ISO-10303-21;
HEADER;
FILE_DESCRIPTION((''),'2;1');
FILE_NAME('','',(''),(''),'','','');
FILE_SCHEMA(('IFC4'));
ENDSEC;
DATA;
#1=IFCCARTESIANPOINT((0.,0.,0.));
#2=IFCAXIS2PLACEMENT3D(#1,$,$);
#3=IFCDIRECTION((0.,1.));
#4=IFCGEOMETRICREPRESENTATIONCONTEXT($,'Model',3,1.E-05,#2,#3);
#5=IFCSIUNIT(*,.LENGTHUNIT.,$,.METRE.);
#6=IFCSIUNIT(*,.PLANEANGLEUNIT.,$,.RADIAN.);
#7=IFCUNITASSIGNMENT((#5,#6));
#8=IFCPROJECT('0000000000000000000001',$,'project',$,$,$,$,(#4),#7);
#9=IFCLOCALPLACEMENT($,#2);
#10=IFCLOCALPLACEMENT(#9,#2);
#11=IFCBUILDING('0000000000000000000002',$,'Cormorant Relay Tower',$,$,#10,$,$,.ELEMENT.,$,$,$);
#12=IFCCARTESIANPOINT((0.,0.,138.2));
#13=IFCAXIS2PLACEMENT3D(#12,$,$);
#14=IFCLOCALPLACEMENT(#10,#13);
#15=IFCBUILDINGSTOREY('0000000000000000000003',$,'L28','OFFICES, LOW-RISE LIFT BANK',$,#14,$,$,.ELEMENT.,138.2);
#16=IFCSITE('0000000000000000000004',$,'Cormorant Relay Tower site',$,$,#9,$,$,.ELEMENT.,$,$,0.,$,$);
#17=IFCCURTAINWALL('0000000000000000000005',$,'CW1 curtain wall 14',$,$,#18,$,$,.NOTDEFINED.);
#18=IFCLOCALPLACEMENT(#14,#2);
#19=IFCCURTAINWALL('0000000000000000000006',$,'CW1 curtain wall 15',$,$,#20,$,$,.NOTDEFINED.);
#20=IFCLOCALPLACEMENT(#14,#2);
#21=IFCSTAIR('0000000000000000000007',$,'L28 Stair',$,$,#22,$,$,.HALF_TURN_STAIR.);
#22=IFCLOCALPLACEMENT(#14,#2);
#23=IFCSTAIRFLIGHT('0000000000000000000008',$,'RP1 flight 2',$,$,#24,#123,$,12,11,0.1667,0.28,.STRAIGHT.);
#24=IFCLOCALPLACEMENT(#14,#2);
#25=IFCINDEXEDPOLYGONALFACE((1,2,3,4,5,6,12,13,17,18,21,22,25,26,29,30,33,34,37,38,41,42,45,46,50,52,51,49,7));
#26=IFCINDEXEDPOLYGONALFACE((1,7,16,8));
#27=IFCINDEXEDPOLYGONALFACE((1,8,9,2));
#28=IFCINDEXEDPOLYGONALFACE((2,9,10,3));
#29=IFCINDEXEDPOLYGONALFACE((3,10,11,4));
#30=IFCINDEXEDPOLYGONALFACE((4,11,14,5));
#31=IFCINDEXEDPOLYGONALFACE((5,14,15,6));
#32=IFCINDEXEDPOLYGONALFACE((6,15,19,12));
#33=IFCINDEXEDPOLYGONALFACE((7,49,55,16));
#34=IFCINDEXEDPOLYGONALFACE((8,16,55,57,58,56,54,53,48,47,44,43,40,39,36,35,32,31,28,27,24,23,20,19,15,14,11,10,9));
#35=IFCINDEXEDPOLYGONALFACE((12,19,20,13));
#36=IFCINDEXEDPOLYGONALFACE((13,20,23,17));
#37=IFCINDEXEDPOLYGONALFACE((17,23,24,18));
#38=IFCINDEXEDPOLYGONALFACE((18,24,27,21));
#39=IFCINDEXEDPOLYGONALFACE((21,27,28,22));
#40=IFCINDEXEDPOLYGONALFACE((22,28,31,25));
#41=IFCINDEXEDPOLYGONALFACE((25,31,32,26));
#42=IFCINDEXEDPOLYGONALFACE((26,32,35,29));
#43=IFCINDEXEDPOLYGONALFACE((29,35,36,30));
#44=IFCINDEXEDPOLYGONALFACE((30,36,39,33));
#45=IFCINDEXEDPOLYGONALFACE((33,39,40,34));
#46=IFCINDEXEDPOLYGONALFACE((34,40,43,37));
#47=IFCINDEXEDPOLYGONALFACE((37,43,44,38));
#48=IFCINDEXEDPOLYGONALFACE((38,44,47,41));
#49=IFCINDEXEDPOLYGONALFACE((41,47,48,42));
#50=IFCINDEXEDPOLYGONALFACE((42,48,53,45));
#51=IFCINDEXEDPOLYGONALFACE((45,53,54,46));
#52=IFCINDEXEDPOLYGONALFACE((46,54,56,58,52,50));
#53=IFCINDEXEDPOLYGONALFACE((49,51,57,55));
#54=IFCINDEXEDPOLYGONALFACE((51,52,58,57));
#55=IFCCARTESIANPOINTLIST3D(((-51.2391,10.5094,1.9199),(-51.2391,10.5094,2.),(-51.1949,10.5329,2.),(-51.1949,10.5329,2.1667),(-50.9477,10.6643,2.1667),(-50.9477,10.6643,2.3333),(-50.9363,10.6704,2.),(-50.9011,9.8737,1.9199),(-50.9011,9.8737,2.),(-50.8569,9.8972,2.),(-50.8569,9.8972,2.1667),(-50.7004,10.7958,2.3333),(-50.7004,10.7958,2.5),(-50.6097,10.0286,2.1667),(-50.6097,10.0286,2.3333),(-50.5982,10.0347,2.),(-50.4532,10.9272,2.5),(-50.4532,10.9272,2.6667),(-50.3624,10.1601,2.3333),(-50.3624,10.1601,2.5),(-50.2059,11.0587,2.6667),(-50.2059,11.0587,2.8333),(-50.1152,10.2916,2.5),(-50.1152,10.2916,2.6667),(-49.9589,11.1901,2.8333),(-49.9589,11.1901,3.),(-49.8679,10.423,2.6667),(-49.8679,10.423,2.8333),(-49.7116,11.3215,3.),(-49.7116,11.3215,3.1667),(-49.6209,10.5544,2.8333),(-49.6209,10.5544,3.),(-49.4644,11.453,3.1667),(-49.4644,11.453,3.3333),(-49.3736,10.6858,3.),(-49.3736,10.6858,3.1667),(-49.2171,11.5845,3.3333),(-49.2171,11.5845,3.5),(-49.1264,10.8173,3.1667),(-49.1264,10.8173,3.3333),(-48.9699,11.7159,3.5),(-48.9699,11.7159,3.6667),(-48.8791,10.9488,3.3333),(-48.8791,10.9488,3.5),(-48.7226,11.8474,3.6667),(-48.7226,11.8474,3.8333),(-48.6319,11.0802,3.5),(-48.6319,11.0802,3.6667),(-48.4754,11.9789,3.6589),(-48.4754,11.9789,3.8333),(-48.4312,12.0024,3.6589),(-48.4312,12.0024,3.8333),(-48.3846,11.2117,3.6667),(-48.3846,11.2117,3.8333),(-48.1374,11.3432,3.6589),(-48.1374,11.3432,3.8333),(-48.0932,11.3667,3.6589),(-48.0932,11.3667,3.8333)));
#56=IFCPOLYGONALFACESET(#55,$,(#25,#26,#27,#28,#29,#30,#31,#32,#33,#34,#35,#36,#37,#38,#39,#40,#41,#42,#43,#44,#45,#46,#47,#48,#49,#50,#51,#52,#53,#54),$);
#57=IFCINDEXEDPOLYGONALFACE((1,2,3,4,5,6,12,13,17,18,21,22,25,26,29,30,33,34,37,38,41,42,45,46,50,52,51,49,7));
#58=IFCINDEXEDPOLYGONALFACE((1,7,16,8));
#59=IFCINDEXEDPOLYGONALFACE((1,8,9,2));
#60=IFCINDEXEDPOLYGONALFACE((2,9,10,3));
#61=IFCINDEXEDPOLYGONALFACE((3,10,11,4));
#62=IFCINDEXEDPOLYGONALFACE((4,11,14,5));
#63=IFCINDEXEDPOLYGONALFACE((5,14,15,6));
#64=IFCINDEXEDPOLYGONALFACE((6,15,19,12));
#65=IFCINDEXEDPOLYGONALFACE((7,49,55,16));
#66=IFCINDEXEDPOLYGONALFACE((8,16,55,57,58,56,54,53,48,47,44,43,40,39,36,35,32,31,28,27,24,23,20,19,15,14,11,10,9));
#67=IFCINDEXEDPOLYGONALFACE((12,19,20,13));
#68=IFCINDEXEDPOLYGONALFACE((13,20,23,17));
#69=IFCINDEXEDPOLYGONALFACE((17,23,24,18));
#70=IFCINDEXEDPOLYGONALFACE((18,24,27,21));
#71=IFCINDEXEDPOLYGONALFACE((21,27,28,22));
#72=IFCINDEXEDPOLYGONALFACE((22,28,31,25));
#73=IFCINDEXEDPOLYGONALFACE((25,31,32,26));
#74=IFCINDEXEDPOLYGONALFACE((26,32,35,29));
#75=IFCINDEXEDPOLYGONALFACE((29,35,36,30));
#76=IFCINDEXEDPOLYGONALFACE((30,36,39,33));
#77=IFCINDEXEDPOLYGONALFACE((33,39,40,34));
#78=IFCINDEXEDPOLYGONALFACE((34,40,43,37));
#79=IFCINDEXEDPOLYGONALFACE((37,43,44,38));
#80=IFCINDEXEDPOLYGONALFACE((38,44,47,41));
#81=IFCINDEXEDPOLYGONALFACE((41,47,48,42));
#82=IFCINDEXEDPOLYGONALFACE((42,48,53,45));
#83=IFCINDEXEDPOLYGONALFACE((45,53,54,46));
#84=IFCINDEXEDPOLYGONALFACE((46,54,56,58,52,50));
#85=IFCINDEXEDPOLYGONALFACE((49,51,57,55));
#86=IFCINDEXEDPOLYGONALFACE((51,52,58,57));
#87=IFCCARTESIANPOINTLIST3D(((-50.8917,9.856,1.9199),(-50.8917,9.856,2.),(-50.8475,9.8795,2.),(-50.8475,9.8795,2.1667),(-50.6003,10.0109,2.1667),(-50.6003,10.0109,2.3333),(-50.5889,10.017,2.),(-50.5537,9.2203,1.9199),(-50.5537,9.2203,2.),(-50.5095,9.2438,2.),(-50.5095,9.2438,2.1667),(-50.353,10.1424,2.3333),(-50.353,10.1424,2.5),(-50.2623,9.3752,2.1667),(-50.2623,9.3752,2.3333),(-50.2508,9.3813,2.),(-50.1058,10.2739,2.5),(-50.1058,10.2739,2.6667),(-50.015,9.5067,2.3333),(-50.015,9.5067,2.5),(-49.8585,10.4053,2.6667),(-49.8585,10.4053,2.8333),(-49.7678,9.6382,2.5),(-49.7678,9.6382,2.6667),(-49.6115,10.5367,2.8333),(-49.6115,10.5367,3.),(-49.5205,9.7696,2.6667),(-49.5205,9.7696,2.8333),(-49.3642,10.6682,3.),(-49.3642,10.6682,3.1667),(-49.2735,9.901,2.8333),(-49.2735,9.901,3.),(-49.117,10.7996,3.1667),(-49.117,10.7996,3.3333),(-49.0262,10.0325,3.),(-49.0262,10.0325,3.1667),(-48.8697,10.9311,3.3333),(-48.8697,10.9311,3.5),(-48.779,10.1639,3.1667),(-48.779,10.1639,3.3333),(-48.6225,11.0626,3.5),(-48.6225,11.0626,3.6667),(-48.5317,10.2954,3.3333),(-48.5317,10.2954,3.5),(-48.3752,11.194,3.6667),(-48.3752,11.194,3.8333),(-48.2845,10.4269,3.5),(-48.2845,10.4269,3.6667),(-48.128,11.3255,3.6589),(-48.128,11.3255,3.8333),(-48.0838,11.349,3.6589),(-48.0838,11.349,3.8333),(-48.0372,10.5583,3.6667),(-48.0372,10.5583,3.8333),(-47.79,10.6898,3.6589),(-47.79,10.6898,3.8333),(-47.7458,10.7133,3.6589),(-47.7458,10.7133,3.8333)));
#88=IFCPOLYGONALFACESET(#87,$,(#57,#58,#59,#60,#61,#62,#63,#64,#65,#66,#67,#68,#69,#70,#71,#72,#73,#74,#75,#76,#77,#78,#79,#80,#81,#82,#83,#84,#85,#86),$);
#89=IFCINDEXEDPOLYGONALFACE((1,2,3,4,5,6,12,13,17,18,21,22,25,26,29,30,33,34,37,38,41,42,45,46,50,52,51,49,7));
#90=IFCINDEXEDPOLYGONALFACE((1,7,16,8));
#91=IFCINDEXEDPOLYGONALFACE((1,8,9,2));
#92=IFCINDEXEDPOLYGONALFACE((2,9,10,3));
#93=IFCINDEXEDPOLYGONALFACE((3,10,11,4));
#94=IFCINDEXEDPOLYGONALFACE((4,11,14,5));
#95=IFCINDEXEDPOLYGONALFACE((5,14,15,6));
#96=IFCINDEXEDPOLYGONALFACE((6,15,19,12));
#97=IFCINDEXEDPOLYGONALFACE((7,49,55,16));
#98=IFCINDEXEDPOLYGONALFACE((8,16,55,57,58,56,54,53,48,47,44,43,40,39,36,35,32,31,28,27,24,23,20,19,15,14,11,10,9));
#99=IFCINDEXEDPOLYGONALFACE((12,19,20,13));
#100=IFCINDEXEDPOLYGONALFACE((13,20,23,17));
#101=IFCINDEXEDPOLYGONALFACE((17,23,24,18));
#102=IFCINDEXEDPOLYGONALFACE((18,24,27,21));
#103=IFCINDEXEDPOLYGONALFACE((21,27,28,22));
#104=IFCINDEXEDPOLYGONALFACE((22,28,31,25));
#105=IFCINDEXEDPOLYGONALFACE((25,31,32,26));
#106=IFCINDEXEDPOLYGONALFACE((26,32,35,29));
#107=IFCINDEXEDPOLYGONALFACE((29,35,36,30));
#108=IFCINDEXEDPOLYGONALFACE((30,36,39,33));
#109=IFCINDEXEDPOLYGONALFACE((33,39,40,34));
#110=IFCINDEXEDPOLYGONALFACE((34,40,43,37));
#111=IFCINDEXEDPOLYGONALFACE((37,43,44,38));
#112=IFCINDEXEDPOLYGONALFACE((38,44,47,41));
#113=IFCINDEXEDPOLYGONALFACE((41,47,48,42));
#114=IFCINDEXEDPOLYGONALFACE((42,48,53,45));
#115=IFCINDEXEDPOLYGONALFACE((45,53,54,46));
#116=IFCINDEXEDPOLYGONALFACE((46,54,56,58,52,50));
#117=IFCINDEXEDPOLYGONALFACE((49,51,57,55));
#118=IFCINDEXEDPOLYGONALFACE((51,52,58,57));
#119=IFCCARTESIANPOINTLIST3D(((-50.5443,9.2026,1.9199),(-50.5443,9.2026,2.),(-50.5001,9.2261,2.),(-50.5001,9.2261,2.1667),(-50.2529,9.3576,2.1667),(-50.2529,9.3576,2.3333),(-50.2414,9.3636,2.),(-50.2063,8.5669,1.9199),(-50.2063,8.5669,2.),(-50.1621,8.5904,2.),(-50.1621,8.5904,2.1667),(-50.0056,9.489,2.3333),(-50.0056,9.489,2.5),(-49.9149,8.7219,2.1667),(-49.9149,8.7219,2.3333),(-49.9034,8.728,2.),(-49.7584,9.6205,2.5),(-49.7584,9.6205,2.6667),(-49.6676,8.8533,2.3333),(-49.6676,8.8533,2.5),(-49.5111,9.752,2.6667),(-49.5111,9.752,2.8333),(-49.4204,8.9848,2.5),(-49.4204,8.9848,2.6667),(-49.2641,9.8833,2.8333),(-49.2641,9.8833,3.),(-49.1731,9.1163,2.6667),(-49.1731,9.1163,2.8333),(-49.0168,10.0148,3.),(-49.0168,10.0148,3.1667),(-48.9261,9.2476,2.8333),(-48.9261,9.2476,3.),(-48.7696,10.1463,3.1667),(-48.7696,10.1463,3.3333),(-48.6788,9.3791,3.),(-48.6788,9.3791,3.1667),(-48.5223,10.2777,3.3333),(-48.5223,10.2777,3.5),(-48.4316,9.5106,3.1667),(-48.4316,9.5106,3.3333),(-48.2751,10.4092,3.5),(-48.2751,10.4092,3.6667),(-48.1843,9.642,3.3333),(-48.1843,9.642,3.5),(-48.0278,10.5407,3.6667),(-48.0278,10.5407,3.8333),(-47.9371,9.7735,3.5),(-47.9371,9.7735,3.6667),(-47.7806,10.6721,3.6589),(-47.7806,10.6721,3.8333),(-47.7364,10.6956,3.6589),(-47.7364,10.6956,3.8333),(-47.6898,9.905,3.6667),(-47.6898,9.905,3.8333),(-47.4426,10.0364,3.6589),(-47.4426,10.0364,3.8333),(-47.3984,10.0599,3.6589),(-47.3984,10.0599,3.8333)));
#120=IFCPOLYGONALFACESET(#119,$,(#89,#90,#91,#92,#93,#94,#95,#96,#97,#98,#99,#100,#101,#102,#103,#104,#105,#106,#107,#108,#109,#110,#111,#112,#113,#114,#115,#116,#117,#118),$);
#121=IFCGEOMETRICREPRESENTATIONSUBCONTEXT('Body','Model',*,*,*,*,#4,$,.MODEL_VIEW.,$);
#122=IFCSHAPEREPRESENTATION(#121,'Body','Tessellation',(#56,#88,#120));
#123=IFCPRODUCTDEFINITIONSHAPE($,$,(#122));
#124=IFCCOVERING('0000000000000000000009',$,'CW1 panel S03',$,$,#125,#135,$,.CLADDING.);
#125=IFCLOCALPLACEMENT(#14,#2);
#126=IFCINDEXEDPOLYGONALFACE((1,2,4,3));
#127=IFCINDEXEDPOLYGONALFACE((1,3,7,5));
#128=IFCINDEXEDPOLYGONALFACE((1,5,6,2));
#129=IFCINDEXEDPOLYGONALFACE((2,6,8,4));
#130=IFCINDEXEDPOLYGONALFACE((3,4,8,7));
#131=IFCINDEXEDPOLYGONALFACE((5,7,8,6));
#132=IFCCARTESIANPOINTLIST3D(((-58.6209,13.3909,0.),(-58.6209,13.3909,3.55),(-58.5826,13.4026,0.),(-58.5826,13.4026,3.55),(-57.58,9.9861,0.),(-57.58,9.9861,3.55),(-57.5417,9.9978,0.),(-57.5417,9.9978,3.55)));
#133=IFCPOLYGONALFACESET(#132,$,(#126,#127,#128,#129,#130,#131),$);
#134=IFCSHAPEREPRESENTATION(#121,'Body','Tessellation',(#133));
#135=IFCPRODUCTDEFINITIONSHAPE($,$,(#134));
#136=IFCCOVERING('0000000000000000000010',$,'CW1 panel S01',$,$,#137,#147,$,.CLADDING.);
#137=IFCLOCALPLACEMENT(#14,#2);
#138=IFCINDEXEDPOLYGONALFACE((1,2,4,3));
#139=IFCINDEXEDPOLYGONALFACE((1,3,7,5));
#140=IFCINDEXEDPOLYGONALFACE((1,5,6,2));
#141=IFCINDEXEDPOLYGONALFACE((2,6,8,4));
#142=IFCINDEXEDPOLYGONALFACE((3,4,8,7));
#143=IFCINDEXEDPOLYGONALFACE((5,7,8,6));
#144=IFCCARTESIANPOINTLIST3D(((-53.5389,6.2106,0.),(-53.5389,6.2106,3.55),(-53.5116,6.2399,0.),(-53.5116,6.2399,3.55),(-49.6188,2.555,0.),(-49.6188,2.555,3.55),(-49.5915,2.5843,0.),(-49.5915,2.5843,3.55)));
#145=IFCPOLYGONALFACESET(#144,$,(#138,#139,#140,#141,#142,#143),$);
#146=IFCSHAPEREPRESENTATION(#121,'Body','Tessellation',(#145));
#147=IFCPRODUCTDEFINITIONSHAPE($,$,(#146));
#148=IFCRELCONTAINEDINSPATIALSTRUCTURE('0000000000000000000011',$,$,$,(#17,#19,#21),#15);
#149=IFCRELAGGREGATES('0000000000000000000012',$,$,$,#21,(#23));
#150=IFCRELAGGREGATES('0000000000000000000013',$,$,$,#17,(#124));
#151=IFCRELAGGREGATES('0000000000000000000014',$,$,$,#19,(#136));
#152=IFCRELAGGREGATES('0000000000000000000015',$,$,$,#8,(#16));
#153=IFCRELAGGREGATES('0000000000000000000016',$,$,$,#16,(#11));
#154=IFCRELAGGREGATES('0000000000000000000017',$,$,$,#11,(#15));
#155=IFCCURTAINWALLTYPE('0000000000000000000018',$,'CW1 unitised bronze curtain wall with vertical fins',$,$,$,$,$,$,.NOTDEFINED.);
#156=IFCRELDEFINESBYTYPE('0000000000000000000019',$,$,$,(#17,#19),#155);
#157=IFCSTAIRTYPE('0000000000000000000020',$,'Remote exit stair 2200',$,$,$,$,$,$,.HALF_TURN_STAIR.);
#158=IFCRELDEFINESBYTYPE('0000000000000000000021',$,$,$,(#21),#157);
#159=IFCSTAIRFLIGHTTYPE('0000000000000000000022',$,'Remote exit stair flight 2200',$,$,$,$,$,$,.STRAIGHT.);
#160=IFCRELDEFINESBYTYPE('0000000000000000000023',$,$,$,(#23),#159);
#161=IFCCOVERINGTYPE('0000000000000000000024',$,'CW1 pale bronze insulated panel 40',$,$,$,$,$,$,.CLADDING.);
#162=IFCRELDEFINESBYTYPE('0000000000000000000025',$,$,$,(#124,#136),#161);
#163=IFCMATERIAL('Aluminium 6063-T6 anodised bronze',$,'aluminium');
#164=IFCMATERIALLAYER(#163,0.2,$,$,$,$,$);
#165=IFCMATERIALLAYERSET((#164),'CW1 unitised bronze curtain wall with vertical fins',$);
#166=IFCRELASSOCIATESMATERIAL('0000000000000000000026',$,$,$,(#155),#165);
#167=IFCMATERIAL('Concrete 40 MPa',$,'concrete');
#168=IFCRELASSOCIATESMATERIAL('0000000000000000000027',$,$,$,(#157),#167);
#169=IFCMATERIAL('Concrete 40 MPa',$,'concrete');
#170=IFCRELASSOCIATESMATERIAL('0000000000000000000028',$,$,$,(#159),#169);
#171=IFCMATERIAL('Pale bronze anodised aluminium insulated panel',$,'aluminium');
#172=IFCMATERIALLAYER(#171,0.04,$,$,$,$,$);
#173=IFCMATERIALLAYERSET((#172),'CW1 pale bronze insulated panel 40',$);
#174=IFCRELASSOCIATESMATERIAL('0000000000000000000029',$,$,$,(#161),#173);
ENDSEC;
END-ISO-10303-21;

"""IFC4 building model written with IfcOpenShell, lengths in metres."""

from ifc_helpers import new_model, si_unit, direction, frame, origin, origin_2d, place, context, subcontext, project, spatial, polyline, rectangle, outline, extrude, material, layer, layer_set, type_object, element, aggregate, save


model = new_model("IFC4")

# Units and contexts
model_context = context("Model", 3, precision=1e-05, world=origin(), true_north=direction((0.0, 1.0)))
body_context = subcontext(model_context, "Body", "Model", "MODEL_VIEW")
ifc_project = project(units=[si_unit("LENGTHUNIT", "METRE"), si_unit("PLANEANGLEUNIT", "RADIAN")], contexts=[model_context])

# Site, building, storey
site_placement = place(None, origin())
site = spatial("IfcSite", under=ifc_project, at=site_placement, Name="Cormorant Relay Tower site", CompositionType="ELEMENT", RefElevation=0.0)
building_placement = place(site_placement, origin())
building = spatial("IfcBuilding", under=site, at=building_placement, Name="Cormorant Relay Tower", CompositionType="ELEMENT")
storey_placement = place(building_placement, frame((0.0, 0.0, 138.2)))
storey = spatial("IfcBuildingStorey", under=building, at=storey_placement, Name="L28", Description="OFFICES, LOW-RISE LIFT BANK", CompositionType="ELEMENT", Elevation=138.2)

# Curtain wall
ifc_material_1 = material(Name="Aluminium 6063-T6 anodised bronze", Category="aluminium")
ifc_layer_1 = layer(ifc_material_1, 0.2)
ifc_layer_set_1 = layer_set([ifc_layer_1], Name="CW1 unitised bronze curtain wall with vertical fins")
curtain_wall_type = type_object("IfcCurtainWallType", Name="CW1 unitised bronze curtain wall with vertical fins", PredefinedType="NOTDEFINED", material=ifc_layer_set_1)
curtain_wall_1_placement = place(storey_placement, origin())
curtain_wall_1 = element("IfcCurtainWall", 1, at=curtain_wall_1_placement, inside=storey, type_object=curtain_wall_type, Name="CW1 curtain wall 14", PredefinedType="NOTDEFINED")

# Curtain wall
curtain_wall_2_placement = place(storey_placement, origin())
curtain_wall_2 = element("IfcCurtainWall", 2, at=curtain_wall_2_placement, inside=storey, type_object=curtain_wall_type, Name="CW1 curtain wall 15", PredefinedType="NOTDEFINED")

# Stair, stair flight
ifc_material_2 = material(Name="Concrete 40 MPa", Category="concrete")
stair_type = type_object("IfcStairType", Name="Remote exit stair 2200", PredefinedType="HALF_TURN_STAIR", material=ifc_material_2)
stair_placement = place(storey_placement, origin())
stair = element("IfcStair", 3, at=stair_placement, inside=storey, type_object=stair_type, Name="L28 Stair", PredefinedType="HALF_TURN_STAIR")
ifc_material_3 = material(Name="Concrete 40 MPa", Category="concrete")
stair_flight_type = type_object("IfcStairFlightType", Name="Remote exit stair flight 2200", PredefinedType="STRAIGHT", material=ifc_material_3)
stair_flight_1_placement = place(storey_placement, frame((-50.6785, 9.5615, 2.0), z_axis=(0.0, 0.0, 1.0), x_axis=(0.882948, 0.469472, 0.0)))
stair_flight_1 = element("IfcStairFlight", 4, at=stair_flight_1_placement, type_object=stair_flight_type, Name="RP1 flight 2", NumberOfRisers=12, NumberOfTreads=11, PredefinedType="STRAIGHT", RiserHeight=0.1667, TreadLength=0.28, context=body_context, shape_type="SweptSolid", body=[
    extrude(outline(polyline([(-0.05, -0.0801), (-0.05, 0.0), (0.0, 0.0), (0.0, 0.1667), (0.28, 0.1667), (0.28, 0.3333), (0.5601, 0.3333), (0.5601, 0.5), (0.8401, 0.5), (0.8401, 0.6667), (1.1201, 0.6667), (1.1201, 0.8333), (1.3999, 0.8333), (1.3999, 1.0), (1.6799, 1.0), (1.6799, 1.1667), (1.96, 1.1667), (1.96, 1.3333), (2.24, 1.3333), (2.24, 1.5), (2.52, 1.5), (2.52, 1.6667), (2.8, 1.6667), (2.8, 1.8333), (3.0801, 1.8333), (3.1301, 1.8333), (3.1301, 1.6589), (3.0801, 1.6589), (0.293, 0.0), (-0.05, -0.0801)])), frame((0.0, 1.1001, 0.0), z_axis=(0.0, -1.0, 0.0), x_axis=(1.0, 0.0, 0.0)), (0.0, 0.0, 1.0), 0.72),
    extrude(outline(polyline([(-0.05, -0.0801), (-0.05, 0.0), (0.0, 0.0), (0.0, 0.1667), (0.28, 0.1667), (0.28, 0.3333), (0.5601, 0.3333), (0.5601, 0.5), (0.8401, 0.5), (0.8401, 0.6667), (1.1201, 0.6667), (1.1201, 0.8333), (1.3999, 0.8333), (1.3999, 1.0), (1.6799, 1.0), (1.6799, 1.1667), (1.96, 1.1667), (1.96, 1.3333), (2.24, 1.3333), (2.24, 1.5), (2.52, 1.5), (2.52, 1.6667), (2.8, 1.6667), (2.8, 1.8333), (3.0801, 1.8333), (3.1301, 1.8333), (3.1301, 1.6589), (3.0801, 1.6589), (0.293, 0.0), (-0.05, -0.0801)])), frame((0.0, 0.3601, 0.0), z_axis=(0.0, -1.0, 0.0), x_axis=(1.0, 0.0, 0.0)), (0.0, 0.0, 1.0), 0.72),
    extrude(outline(polyline([(-0.05, -0.0801), (-0.05, 0.0), (0.0, 0.0), (0.0, 0.1667), (0.28, 0.1667), (0.28, 0.3333), (0.5601, 0.3333), (0.5601, 0.5), (0.8401, 0.5), (0.8401, 0.6667), (1.1201, 0.6667), (1.1201, 0.8333), (1.3999, 0.8333), (1.3999, 1.0), (1.6799, 1.0), (1.6799, 1.1667), (1.96, 1.1667), (1.96, 1.3333), (2.24, 1.3333), (2.24, 1.5), (2.52, 1.5), (2.52, 1.6667), (2.8, 1.6667), (2.8, 1.8333), (3.0801, 1.8333), (3.1301, 1.8333), (3.1301, 1.6589), (3.0801, 1.6589), (0.293, 0.0), (-0.05, -0.0801)])), frame((0.0, -0.3799, 0.0), z_axis=(0.0, -1.0, 0.0), x_axis=(1.0, 0.0, 0.0)), (0.0, 0.0, 1.0), 0.72),
])
aggregate(stair, [stair_flight_1])

# Coverings
ifc_material_4 = material(Name="Pale bronze anodised aluminium insulated panel", Category="aluminium")
ifc_layer_2 = layer(ifc_material_4, 0.04)
ifc_layer_set_2 = layer_set([ifc_layer_2], Name="CW1 pale bronze insulated panel 40")
covering_type = type_object("IfcCoveringType", Name="CW1 pale bronze insulated panel 40", PredefinedType="CLADDING", material=ifc_layer_set_2)
covering_1_placement = place(storey_placement, frame((-58.0813, 11.6943, 0.0), z_axis=(0.0, 0.0, 1.0), x_axis=(0.292372, -0.956305, 0.0)))
covering_1 = element("IfcCovering", 5, at=covering_1_placement, type_object=covering_type, Name="CW1 panel S03", PredefinedType="CLADDING", context=body_context, shape_type="SweptSolid", body=[
    extrude(rectangle(XDim=3.5603, YDim=0.04, at=origin_2d()), origin(), (0.0, 0.0, 1.0), 3.55),
])
aggregate(curtain_wall_1, [covering_1])
covering_2_placement = place(storey_placement, frame((-51.5652, 4.3975, 0.0), z_axis=(0.0, 0.0, 1.0), x_axis=(0.731354, -0.681998, 0.0)))
covering_2 = element("IfcCovering", 6, at=covering_2_placement, type_object=covering_type, Name="CW1 panel S01", PredefinedType="CLADDING", context=body_context, shape_type="SweptSolid", body=[
    extrude(rectangle(XDim=5.3601, YDim=0.04, at=origin_2d()), origin(), (0.0, 0.0, 1.0), 3.55),
])
aggregate(curtain_wall_2, [covering_2])

save(model, "model.ifc")
